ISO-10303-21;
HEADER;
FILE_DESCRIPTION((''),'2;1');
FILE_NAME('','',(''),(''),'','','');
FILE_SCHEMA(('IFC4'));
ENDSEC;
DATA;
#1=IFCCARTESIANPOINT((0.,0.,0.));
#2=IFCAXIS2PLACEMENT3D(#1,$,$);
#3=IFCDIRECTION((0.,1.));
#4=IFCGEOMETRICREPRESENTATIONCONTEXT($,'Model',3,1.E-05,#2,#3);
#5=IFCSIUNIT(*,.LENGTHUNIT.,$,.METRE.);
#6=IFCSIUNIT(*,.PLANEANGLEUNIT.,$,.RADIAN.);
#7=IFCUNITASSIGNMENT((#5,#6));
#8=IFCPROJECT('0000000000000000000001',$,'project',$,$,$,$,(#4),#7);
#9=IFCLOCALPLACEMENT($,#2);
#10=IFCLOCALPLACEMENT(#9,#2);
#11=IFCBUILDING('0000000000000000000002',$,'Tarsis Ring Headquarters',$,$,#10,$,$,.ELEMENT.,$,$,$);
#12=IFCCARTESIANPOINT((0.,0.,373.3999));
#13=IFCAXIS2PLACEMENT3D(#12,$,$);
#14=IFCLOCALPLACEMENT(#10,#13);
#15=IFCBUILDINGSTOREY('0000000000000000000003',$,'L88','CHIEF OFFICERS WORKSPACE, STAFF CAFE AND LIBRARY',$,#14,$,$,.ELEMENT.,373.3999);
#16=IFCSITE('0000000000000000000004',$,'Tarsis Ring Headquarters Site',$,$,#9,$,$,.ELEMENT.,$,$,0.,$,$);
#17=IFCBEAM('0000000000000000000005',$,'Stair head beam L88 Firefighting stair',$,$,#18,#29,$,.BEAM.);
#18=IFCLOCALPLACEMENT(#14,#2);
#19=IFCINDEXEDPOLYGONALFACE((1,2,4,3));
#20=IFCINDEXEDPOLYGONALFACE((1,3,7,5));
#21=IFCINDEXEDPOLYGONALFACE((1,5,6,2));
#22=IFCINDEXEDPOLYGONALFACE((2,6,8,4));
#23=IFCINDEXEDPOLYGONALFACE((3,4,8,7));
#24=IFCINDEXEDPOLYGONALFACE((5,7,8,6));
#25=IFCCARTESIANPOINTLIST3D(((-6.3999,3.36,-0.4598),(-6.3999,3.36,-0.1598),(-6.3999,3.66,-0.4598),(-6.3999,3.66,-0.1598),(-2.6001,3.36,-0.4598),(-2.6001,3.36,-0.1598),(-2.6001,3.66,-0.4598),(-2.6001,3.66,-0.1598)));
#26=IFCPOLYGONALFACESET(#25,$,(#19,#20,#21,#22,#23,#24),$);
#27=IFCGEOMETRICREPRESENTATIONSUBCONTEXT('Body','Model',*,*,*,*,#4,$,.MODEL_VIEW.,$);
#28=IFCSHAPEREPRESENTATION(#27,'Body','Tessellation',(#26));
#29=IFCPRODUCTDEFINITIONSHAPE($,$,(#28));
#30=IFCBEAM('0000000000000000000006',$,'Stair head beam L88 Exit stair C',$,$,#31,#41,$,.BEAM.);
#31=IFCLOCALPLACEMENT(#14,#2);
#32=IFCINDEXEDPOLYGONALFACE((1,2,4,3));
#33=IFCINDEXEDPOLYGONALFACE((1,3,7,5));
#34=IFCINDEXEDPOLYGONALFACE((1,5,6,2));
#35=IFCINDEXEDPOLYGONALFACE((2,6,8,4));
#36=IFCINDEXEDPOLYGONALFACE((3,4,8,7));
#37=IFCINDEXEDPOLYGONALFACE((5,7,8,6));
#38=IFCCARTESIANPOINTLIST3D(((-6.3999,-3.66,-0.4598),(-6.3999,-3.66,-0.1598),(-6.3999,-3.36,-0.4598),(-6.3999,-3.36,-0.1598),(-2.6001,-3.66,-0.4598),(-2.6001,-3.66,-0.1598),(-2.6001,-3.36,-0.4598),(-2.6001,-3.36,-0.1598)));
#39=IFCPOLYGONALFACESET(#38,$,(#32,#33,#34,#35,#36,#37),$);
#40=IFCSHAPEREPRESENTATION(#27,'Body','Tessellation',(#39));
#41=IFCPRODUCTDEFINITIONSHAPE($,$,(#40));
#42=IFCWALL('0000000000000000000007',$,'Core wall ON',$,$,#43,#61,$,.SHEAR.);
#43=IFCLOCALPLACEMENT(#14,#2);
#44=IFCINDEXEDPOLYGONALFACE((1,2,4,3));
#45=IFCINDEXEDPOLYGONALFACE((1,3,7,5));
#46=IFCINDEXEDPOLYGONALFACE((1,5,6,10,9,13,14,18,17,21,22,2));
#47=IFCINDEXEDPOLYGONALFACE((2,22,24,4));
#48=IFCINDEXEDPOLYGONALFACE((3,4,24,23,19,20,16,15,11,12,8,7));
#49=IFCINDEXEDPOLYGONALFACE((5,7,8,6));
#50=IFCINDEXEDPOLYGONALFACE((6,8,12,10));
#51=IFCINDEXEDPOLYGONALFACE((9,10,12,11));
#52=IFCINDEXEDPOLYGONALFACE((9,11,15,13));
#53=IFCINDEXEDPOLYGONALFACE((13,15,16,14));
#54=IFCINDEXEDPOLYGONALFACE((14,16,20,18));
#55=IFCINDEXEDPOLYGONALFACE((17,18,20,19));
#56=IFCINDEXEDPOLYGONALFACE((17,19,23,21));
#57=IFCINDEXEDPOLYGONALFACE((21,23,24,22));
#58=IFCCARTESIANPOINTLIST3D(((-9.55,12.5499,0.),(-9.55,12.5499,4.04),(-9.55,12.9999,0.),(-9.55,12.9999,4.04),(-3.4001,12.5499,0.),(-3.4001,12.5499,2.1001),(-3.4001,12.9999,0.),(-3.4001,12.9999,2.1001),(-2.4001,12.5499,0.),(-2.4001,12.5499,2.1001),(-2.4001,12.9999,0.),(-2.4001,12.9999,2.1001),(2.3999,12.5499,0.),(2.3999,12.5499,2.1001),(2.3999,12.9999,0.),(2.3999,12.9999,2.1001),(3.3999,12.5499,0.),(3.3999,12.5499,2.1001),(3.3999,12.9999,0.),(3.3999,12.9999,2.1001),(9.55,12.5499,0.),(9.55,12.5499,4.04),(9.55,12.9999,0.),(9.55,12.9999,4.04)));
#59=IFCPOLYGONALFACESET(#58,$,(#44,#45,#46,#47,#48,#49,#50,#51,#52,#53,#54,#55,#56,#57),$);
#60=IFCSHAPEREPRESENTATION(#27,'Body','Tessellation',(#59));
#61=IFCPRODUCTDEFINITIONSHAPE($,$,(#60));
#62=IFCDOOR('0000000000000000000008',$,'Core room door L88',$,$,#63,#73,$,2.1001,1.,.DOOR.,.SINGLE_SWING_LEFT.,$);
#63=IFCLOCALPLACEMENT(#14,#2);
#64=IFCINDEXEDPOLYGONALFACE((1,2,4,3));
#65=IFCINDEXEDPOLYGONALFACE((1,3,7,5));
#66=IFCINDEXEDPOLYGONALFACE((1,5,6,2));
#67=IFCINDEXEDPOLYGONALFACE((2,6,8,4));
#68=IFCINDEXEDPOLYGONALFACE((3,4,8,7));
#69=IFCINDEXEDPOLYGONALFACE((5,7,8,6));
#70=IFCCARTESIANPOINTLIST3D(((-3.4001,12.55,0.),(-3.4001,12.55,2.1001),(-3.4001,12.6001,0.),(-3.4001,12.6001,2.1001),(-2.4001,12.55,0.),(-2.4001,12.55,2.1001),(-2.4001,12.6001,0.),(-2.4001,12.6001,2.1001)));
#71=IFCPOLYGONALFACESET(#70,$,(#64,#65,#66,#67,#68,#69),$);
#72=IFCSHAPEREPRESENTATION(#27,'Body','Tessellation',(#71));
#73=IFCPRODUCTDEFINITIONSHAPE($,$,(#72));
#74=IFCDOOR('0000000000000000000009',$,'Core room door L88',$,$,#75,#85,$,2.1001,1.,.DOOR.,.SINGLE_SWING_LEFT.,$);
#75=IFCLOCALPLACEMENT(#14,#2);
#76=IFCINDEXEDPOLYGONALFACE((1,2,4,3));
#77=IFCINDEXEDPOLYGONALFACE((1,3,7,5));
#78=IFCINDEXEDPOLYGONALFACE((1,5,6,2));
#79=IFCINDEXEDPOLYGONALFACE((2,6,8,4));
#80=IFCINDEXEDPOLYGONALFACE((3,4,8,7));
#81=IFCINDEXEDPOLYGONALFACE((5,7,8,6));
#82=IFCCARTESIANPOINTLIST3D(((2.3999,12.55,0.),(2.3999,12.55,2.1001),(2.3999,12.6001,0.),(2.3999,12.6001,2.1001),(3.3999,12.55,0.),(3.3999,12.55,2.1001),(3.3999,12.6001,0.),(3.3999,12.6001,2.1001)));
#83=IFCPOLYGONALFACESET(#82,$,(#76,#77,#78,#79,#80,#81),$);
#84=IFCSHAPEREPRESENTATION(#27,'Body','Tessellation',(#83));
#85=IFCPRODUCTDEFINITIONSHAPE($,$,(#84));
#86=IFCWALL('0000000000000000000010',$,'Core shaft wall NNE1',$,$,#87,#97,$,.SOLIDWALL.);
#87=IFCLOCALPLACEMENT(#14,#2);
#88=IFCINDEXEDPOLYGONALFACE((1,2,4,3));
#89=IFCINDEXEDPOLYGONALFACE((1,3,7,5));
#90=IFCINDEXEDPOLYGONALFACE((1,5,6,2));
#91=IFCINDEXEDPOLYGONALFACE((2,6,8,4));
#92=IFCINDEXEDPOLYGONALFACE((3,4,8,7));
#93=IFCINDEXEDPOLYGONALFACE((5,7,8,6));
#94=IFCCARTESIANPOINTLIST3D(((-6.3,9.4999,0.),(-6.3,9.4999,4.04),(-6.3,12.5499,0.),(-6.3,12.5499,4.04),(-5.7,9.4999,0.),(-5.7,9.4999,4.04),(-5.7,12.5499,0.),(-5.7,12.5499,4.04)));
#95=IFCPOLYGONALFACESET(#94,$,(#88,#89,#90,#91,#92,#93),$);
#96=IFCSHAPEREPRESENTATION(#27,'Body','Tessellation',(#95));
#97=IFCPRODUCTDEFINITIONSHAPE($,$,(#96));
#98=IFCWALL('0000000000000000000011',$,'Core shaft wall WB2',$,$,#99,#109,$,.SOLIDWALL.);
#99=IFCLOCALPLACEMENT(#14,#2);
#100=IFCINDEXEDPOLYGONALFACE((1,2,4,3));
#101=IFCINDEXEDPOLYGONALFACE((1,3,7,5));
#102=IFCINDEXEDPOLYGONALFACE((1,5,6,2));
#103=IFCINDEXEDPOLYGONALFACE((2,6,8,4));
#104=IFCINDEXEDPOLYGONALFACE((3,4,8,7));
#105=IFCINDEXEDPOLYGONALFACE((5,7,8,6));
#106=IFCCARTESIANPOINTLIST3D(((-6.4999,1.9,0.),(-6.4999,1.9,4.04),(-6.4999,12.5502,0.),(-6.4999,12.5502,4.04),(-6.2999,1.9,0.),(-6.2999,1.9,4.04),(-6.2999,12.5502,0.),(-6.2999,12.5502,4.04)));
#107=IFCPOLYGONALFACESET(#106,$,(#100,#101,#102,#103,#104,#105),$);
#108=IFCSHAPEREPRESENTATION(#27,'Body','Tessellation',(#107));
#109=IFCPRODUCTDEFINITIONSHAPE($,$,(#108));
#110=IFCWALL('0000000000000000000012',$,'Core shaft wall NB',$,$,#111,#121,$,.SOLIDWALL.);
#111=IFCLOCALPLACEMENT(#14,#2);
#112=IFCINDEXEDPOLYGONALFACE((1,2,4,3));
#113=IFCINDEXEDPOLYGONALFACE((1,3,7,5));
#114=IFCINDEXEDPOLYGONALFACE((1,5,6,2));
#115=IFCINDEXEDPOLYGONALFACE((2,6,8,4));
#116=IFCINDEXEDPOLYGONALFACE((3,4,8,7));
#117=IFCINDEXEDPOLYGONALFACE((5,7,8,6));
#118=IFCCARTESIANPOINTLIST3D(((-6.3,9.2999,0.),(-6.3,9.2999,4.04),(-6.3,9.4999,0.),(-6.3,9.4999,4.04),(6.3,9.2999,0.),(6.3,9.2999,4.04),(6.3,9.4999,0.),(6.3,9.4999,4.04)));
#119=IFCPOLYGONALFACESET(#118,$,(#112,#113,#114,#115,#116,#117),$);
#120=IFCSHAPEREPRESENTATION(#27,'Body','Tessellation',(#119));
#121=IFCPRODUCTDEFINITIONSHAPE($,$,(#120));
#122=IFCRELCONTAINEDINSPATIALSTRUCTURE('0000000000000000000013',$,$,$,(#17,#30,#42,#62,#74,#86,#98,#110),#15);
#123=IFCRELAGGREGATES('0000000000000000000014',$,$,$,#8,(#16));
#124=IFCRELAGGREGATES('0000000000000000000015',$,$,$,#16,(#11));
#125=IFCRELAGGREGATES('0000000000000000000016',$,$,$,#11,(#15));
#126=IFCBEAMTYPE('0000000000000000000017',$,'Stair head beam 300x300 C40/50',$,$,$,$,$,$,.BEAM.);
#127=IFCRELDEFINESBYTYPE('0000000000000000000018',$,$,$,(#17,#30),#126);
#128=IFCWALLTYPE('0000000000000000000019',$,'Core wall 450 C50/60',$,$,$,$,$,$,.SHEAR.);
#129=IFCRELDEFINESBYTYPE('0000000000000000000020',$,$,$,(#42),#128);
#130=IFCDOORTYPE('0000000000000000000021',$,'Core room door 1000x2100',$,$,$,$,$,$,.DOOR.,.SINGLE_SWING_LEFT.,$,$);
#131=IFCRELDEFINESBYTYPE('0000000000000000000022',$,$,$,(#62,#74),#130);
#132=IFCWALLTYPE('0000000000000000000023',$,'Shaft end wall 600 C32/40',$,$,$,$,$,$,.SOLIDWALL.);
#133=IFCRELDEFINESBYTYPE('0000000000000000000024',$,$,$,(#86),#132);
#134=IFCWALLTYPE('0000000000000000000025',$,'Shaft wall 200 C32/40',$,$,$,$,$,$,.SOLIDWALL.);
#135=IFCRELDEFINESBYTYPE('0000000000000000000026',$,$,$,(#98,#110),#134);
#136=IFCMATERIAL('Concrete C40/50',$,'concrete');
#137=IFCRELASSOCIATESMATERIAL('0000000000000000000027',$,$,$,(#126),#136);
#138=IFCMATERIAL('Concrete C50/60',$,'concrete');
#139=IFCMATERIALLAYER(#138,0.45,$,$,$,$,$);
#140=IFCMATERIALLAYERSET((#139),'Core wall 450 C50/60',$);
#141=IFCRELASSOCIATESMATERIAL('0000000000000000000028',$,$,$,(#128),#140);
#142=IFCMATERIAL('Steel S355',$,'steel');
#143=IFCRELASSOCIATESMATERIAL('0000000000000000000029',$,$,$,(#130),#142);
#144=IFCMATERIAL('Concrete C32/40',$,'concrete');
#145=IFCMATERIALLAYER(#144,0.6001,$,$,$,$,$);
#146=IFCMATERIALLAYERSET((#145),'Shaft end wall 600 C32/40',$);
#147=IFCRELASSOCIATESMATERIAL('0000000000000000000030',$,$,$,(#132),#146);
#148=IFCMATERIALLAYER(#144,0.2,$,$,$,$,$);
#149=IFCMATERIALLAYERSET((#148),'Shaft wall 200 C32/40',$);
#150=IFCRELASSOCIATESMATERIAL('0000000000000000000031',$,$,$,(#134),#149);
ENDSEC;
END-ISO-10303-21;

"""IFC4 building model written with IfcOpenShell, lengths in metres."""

from ifc_helpers import new_model, si_unit, direction, frame, frame_2d, origin, origin_2d, place, context, subcontext, project, spatial, rectangle, extrude, material, layer, layer_set, material_profile, profile_set, type_object, element, fill, save


model = new_model("IFC4")

# Units and contexts
model_context = context("Model", 3, precision=1e-05, world=origin(), true_north=direction((0.0, 1.0)))
body_context = subcontext(model_context, "Body", "Model", "MODEL_VIEW")
ifc_project = project(units=[si_unit("LENGTHUNIT", "METRE"), si_unit("PLANEANGLEUNIT", "RADIAN")], contexts=[model_context])

# Site, building, storey
site_placement = place(None, origin())
site = spatial("IfcSite", under=ifc_project, at=site_placement, Name="Tarsis Ring Headquarters Site", CompositionType="ELEMENT", RefElevation=0.0)
building_placement = place(site_placement, origin())
building = spatial("IfcBuilding", under=site, at=building_placement, Name="Tarsis Ring Headquarters", CompositionType="ELEMENT")
storey_placement = place(building_placement, frame((0.0, 0.0, 373.3999)))
storey = spatial("IfcBuildingStorey", under=building, at=storey_placement, Name="L88", Description="CHIEF OFFICERS WORKSPACE, STAFF CAFE AND LIBRARY", CompositionType="ELEMENT", Elevation=373.3999)

# Beams
ifc_material_1 = material(Name="Concrete C40/50", Category="concrete")
ifc_material_profile = material_profile(ifc_material_1, rectangle(XDim=0.3, YDim=0.3, at=origin_2d()), Name="Stair head beam 300x300 C40/50")
ifc_profile_set = profile_set([ifc_material_profile], Name="Concrete C40/50")
beam_type = type_object("IfcBeamType", Name="Stair head beam 300x300 C40/50", PredefinedType="BEAM", material=ifc_profile_set)
for number, where, z_axis, x_axis, name in (
    (1, (-6.3999, 3.51, -0.3098), (1.0, 0.0, 0.0), (0.0, 1.0, 0.0), "Stair head beam L88 Firefighting stair"),
    (2, (-6.3999, -3.51, -0.3098), (1.0, 0.0, 0.0), (0.0, 1.0, 0.0), "Stair head beam L88 Exit stair C"),
):
    element("IfcBeam", number, at=place(storey_placement, frame(where, z_axis=z_axis, x_axis=x_axis)), inside=storey, type_object=beam_type, Name=name, PredefinedType="BEAM", context=body_context, shape_type="SweptSolid", body=[
        extrude(rectangle(XDim=0.3, YDim=0.3, at=origin_2d()), origin(), (0.0, 0.0, 1.0), 3.7998),
    ])

# Wall, openings, doors
ifc_material_2 = material(Name="Concrete C50/60", Category="concrete")
ifc_layer_1 = layer(ifc_material_2, 0.45)
ifc_layer_set_1 = layer_set([ifc_layer_1], Name="Core wall 450 C50/60")
wall_type_1 = type_object("IfcWallType", Name="Core wall 450 C50/60", PredefinedType="SHEAR", material=ifc_layer_set_1)
wall_1_placement = place(storey_placement, frame((-9.55, 12.7749, 0.0), z_axis=(0.0, 0.0, 1.0), x_axis=(1.0, 0.0, 0.0)))
wall_1 = element("IfcWall", 3, at=wall_1_placement, inside=storey, type_object=wall_type_1, Name="Core wall ON", PredefinedType="SHEAR", context=body_context, shape_type="SweptSolid", body=[
    extrude(rectangle(XDim=19.1001, YDim=0.45, at=frame_2d((9.55, 0.0))), origin(), (0.0, 0.0, 1.0), 4.04),
])
opening_1_placement = place(wall_1_placement, frame((6.1499, 0.0, 0.0)))
opening_1 = element("IfcOpeningElement", 4, at=opening_1_placement, cuts=wall_1, PredefinedType="OPENING", context=body_context, shape_type="SweptSolid", body=[
    extrude(rectangle(XDim=1.0, YDim=2.1001, at=frame_2d((0.5, 1.05))), frame((0.0, 0.2349, 0.0), z_axis=(0.0, -1.0, 0.0), x_axis=(1.0, 0.0, 0.0)), (0.0, 0.0, 1.0), 0.47),
])
opening_2_placement = place(wall_1_placement, frame((11.95, 0.0, 0.0)))
opening_2 = element("IfcOpeningElement", 5, at=opening_2_placement, cuts=wall_1, PredefinedType="OPENING", context=body_context, shape_type="SweptSolid", body=[
    extrude(rectangle(XDim=1.0, YDim=2.1001, at=frame_2d((0.5, 1.05))), frame((0.0, 0.2349, 0.0), z_axis=(0.0, -1.0, 0.0), x_axis=(1.0, 0.0, 0.0)), (0.0, 0.0, 1.0), 0.47),
])
ifc_material_3 = material(Name="Steel S355", Category="steel")
door_type = type_object("IfcDoorType", Name="Core room door 1000x2100", OperationType="SINGLE_SWING_LEFT", PredefinedType="DOOR", material=ifc_material_3)
door_1_placement = place(opening_1_placement, origin())
door_1 = element("IfcDoor", 6, at=door_1_placement, inside=storey, type_object=door_type, Name="Core room door L88", OperationType="SINGLE_SWING_LEFT", OverallHeight=2.1001, OverallWidth=1.0, PredefinedType="DOOR", context=body_context, shape_type="SweptSolid", body=[
    extrude(rectangle(XDim=1.0, YDim=2.1001, at=frame_2d((0.5, 1.05))), frame((0.0, -0.1748, 0.0), z_axis=(0.0, -1.0, 0.0), x_axis=(1.0, 0.0, 0.0)), (0.0, 0.0, 1.0), 0.05),
])
fill(opening_1, door_1)
door_2_placement = place(opening_2_placement, origin())
door_2 = element("IfcDoor", 7, at=door_2_placement, inside=storey, type_object=door_type, Name="Core room door L88", OperationType="SINGLE_SWING_LEFT", OverallHeight=2.1001, OverallWidth=1.0, PredefinedType="DOOR", context=body_context, shape_type="SweptSolid", body=[
    extrude(rectangle(XDim=1.0, YDim=2.1001, at=frame_2d((0.5, 1.05))), frame((0.0, -0.1748, 0.0), z_axis=(0.0, -1.0, 0.0), x_axis=(1.0, 0.0, 0.0)), (0.0, 0.0, 1.0), 0.05),
])
fill(opening_2, door_2)

# Walls
ifc_material_4 = material(Name="Concrete C32/40", Category="concrete")
ifc_layer_2 = layer(ifc_material_4, 0.6001)
ifc_layer_set_2 = layer_set([ifc_layer_2], Name="Shaft end wall 600 C32/40")
wall_type_2 = type_object("IfcWallType", Name="Shaft end wall 600 C32/40", PredefinedType="SOLIDWALL", material=ifc_layer_set_2)
wall_2_placement = place(storey_placement, frame((-6.0, 9.5, 0.0), z_axis=(0.0, 0.0, 1.0), x_axis=(0.0, 1.0, 0.0)))
element("IfcWall", 8, at=wall_2_placement, inside=storey, type_object=wall_type_2, Name="Core shaft wall NNE1", PredefinedType="SOLIDWALL", context=body_context, shape_type="SweptSolid", body=[
    extrude(rectangle(XDim=3.05, YDim=0.6001, at=frame_2d((1.5249, 0.0))), origin(), (0.0, 0.0, 1.0), 4.04),
])
ifc_layer_3 = layer(ifc_material_4, 0.2)
ifc_layer_set_3 = layer_set([ifc_layer_3], Name="Shaft wall 200 C32/40")
wall_type_3 = type_object("IfcWallType", Name="Shaft wall 200 C32/40", PredefinedType="SOLIDWALL", material=ifc_layer_set_3)
wall_3_placement = place(storey_placement, frame((-6.3999, 1.8999, 0.0), z_axis=(0.0, 0.0, 1.0), x_axis=(0.0, 1.0, 0.0)))
element("IfcWall", 9, at=wall_3_placement, inside=storey, type_object=wall_type_3, Name="Core shaft wall WB2", PredefinedType="SOLIDWALL", context=body_context, shape_type="SweptSolid", body=[
    extrude(rectangle(XDim=10.6501, YDim=0.2, at=frame_2d((5.3252, 0.0))), origin(), (0.0, 0.0, 1.0), 4.04),
])
wall_4_placement = place(storey_placement, frame((-6.3, 9.3999, 0.0), z_axis=(0.0, 0.0, 1.0), x_axis=(1.0, 0.0, 0.0)))
element("IfcWall", 10, at=wall_4_placement, inside=storey, type_object=wall_type_3, Name="Core shaft wall NB", PredefinedType="SOLIDWALL", context=body_context, shape_type="SweptSolid", body=[
    extrude(rectangle(XDim=12.6001, YDim=0.2, at=frame_2d((6.3, 0.0))), origin(), (0.0, 0.0, 1.0), 4.04),
])

save(model, "model.ifc")
